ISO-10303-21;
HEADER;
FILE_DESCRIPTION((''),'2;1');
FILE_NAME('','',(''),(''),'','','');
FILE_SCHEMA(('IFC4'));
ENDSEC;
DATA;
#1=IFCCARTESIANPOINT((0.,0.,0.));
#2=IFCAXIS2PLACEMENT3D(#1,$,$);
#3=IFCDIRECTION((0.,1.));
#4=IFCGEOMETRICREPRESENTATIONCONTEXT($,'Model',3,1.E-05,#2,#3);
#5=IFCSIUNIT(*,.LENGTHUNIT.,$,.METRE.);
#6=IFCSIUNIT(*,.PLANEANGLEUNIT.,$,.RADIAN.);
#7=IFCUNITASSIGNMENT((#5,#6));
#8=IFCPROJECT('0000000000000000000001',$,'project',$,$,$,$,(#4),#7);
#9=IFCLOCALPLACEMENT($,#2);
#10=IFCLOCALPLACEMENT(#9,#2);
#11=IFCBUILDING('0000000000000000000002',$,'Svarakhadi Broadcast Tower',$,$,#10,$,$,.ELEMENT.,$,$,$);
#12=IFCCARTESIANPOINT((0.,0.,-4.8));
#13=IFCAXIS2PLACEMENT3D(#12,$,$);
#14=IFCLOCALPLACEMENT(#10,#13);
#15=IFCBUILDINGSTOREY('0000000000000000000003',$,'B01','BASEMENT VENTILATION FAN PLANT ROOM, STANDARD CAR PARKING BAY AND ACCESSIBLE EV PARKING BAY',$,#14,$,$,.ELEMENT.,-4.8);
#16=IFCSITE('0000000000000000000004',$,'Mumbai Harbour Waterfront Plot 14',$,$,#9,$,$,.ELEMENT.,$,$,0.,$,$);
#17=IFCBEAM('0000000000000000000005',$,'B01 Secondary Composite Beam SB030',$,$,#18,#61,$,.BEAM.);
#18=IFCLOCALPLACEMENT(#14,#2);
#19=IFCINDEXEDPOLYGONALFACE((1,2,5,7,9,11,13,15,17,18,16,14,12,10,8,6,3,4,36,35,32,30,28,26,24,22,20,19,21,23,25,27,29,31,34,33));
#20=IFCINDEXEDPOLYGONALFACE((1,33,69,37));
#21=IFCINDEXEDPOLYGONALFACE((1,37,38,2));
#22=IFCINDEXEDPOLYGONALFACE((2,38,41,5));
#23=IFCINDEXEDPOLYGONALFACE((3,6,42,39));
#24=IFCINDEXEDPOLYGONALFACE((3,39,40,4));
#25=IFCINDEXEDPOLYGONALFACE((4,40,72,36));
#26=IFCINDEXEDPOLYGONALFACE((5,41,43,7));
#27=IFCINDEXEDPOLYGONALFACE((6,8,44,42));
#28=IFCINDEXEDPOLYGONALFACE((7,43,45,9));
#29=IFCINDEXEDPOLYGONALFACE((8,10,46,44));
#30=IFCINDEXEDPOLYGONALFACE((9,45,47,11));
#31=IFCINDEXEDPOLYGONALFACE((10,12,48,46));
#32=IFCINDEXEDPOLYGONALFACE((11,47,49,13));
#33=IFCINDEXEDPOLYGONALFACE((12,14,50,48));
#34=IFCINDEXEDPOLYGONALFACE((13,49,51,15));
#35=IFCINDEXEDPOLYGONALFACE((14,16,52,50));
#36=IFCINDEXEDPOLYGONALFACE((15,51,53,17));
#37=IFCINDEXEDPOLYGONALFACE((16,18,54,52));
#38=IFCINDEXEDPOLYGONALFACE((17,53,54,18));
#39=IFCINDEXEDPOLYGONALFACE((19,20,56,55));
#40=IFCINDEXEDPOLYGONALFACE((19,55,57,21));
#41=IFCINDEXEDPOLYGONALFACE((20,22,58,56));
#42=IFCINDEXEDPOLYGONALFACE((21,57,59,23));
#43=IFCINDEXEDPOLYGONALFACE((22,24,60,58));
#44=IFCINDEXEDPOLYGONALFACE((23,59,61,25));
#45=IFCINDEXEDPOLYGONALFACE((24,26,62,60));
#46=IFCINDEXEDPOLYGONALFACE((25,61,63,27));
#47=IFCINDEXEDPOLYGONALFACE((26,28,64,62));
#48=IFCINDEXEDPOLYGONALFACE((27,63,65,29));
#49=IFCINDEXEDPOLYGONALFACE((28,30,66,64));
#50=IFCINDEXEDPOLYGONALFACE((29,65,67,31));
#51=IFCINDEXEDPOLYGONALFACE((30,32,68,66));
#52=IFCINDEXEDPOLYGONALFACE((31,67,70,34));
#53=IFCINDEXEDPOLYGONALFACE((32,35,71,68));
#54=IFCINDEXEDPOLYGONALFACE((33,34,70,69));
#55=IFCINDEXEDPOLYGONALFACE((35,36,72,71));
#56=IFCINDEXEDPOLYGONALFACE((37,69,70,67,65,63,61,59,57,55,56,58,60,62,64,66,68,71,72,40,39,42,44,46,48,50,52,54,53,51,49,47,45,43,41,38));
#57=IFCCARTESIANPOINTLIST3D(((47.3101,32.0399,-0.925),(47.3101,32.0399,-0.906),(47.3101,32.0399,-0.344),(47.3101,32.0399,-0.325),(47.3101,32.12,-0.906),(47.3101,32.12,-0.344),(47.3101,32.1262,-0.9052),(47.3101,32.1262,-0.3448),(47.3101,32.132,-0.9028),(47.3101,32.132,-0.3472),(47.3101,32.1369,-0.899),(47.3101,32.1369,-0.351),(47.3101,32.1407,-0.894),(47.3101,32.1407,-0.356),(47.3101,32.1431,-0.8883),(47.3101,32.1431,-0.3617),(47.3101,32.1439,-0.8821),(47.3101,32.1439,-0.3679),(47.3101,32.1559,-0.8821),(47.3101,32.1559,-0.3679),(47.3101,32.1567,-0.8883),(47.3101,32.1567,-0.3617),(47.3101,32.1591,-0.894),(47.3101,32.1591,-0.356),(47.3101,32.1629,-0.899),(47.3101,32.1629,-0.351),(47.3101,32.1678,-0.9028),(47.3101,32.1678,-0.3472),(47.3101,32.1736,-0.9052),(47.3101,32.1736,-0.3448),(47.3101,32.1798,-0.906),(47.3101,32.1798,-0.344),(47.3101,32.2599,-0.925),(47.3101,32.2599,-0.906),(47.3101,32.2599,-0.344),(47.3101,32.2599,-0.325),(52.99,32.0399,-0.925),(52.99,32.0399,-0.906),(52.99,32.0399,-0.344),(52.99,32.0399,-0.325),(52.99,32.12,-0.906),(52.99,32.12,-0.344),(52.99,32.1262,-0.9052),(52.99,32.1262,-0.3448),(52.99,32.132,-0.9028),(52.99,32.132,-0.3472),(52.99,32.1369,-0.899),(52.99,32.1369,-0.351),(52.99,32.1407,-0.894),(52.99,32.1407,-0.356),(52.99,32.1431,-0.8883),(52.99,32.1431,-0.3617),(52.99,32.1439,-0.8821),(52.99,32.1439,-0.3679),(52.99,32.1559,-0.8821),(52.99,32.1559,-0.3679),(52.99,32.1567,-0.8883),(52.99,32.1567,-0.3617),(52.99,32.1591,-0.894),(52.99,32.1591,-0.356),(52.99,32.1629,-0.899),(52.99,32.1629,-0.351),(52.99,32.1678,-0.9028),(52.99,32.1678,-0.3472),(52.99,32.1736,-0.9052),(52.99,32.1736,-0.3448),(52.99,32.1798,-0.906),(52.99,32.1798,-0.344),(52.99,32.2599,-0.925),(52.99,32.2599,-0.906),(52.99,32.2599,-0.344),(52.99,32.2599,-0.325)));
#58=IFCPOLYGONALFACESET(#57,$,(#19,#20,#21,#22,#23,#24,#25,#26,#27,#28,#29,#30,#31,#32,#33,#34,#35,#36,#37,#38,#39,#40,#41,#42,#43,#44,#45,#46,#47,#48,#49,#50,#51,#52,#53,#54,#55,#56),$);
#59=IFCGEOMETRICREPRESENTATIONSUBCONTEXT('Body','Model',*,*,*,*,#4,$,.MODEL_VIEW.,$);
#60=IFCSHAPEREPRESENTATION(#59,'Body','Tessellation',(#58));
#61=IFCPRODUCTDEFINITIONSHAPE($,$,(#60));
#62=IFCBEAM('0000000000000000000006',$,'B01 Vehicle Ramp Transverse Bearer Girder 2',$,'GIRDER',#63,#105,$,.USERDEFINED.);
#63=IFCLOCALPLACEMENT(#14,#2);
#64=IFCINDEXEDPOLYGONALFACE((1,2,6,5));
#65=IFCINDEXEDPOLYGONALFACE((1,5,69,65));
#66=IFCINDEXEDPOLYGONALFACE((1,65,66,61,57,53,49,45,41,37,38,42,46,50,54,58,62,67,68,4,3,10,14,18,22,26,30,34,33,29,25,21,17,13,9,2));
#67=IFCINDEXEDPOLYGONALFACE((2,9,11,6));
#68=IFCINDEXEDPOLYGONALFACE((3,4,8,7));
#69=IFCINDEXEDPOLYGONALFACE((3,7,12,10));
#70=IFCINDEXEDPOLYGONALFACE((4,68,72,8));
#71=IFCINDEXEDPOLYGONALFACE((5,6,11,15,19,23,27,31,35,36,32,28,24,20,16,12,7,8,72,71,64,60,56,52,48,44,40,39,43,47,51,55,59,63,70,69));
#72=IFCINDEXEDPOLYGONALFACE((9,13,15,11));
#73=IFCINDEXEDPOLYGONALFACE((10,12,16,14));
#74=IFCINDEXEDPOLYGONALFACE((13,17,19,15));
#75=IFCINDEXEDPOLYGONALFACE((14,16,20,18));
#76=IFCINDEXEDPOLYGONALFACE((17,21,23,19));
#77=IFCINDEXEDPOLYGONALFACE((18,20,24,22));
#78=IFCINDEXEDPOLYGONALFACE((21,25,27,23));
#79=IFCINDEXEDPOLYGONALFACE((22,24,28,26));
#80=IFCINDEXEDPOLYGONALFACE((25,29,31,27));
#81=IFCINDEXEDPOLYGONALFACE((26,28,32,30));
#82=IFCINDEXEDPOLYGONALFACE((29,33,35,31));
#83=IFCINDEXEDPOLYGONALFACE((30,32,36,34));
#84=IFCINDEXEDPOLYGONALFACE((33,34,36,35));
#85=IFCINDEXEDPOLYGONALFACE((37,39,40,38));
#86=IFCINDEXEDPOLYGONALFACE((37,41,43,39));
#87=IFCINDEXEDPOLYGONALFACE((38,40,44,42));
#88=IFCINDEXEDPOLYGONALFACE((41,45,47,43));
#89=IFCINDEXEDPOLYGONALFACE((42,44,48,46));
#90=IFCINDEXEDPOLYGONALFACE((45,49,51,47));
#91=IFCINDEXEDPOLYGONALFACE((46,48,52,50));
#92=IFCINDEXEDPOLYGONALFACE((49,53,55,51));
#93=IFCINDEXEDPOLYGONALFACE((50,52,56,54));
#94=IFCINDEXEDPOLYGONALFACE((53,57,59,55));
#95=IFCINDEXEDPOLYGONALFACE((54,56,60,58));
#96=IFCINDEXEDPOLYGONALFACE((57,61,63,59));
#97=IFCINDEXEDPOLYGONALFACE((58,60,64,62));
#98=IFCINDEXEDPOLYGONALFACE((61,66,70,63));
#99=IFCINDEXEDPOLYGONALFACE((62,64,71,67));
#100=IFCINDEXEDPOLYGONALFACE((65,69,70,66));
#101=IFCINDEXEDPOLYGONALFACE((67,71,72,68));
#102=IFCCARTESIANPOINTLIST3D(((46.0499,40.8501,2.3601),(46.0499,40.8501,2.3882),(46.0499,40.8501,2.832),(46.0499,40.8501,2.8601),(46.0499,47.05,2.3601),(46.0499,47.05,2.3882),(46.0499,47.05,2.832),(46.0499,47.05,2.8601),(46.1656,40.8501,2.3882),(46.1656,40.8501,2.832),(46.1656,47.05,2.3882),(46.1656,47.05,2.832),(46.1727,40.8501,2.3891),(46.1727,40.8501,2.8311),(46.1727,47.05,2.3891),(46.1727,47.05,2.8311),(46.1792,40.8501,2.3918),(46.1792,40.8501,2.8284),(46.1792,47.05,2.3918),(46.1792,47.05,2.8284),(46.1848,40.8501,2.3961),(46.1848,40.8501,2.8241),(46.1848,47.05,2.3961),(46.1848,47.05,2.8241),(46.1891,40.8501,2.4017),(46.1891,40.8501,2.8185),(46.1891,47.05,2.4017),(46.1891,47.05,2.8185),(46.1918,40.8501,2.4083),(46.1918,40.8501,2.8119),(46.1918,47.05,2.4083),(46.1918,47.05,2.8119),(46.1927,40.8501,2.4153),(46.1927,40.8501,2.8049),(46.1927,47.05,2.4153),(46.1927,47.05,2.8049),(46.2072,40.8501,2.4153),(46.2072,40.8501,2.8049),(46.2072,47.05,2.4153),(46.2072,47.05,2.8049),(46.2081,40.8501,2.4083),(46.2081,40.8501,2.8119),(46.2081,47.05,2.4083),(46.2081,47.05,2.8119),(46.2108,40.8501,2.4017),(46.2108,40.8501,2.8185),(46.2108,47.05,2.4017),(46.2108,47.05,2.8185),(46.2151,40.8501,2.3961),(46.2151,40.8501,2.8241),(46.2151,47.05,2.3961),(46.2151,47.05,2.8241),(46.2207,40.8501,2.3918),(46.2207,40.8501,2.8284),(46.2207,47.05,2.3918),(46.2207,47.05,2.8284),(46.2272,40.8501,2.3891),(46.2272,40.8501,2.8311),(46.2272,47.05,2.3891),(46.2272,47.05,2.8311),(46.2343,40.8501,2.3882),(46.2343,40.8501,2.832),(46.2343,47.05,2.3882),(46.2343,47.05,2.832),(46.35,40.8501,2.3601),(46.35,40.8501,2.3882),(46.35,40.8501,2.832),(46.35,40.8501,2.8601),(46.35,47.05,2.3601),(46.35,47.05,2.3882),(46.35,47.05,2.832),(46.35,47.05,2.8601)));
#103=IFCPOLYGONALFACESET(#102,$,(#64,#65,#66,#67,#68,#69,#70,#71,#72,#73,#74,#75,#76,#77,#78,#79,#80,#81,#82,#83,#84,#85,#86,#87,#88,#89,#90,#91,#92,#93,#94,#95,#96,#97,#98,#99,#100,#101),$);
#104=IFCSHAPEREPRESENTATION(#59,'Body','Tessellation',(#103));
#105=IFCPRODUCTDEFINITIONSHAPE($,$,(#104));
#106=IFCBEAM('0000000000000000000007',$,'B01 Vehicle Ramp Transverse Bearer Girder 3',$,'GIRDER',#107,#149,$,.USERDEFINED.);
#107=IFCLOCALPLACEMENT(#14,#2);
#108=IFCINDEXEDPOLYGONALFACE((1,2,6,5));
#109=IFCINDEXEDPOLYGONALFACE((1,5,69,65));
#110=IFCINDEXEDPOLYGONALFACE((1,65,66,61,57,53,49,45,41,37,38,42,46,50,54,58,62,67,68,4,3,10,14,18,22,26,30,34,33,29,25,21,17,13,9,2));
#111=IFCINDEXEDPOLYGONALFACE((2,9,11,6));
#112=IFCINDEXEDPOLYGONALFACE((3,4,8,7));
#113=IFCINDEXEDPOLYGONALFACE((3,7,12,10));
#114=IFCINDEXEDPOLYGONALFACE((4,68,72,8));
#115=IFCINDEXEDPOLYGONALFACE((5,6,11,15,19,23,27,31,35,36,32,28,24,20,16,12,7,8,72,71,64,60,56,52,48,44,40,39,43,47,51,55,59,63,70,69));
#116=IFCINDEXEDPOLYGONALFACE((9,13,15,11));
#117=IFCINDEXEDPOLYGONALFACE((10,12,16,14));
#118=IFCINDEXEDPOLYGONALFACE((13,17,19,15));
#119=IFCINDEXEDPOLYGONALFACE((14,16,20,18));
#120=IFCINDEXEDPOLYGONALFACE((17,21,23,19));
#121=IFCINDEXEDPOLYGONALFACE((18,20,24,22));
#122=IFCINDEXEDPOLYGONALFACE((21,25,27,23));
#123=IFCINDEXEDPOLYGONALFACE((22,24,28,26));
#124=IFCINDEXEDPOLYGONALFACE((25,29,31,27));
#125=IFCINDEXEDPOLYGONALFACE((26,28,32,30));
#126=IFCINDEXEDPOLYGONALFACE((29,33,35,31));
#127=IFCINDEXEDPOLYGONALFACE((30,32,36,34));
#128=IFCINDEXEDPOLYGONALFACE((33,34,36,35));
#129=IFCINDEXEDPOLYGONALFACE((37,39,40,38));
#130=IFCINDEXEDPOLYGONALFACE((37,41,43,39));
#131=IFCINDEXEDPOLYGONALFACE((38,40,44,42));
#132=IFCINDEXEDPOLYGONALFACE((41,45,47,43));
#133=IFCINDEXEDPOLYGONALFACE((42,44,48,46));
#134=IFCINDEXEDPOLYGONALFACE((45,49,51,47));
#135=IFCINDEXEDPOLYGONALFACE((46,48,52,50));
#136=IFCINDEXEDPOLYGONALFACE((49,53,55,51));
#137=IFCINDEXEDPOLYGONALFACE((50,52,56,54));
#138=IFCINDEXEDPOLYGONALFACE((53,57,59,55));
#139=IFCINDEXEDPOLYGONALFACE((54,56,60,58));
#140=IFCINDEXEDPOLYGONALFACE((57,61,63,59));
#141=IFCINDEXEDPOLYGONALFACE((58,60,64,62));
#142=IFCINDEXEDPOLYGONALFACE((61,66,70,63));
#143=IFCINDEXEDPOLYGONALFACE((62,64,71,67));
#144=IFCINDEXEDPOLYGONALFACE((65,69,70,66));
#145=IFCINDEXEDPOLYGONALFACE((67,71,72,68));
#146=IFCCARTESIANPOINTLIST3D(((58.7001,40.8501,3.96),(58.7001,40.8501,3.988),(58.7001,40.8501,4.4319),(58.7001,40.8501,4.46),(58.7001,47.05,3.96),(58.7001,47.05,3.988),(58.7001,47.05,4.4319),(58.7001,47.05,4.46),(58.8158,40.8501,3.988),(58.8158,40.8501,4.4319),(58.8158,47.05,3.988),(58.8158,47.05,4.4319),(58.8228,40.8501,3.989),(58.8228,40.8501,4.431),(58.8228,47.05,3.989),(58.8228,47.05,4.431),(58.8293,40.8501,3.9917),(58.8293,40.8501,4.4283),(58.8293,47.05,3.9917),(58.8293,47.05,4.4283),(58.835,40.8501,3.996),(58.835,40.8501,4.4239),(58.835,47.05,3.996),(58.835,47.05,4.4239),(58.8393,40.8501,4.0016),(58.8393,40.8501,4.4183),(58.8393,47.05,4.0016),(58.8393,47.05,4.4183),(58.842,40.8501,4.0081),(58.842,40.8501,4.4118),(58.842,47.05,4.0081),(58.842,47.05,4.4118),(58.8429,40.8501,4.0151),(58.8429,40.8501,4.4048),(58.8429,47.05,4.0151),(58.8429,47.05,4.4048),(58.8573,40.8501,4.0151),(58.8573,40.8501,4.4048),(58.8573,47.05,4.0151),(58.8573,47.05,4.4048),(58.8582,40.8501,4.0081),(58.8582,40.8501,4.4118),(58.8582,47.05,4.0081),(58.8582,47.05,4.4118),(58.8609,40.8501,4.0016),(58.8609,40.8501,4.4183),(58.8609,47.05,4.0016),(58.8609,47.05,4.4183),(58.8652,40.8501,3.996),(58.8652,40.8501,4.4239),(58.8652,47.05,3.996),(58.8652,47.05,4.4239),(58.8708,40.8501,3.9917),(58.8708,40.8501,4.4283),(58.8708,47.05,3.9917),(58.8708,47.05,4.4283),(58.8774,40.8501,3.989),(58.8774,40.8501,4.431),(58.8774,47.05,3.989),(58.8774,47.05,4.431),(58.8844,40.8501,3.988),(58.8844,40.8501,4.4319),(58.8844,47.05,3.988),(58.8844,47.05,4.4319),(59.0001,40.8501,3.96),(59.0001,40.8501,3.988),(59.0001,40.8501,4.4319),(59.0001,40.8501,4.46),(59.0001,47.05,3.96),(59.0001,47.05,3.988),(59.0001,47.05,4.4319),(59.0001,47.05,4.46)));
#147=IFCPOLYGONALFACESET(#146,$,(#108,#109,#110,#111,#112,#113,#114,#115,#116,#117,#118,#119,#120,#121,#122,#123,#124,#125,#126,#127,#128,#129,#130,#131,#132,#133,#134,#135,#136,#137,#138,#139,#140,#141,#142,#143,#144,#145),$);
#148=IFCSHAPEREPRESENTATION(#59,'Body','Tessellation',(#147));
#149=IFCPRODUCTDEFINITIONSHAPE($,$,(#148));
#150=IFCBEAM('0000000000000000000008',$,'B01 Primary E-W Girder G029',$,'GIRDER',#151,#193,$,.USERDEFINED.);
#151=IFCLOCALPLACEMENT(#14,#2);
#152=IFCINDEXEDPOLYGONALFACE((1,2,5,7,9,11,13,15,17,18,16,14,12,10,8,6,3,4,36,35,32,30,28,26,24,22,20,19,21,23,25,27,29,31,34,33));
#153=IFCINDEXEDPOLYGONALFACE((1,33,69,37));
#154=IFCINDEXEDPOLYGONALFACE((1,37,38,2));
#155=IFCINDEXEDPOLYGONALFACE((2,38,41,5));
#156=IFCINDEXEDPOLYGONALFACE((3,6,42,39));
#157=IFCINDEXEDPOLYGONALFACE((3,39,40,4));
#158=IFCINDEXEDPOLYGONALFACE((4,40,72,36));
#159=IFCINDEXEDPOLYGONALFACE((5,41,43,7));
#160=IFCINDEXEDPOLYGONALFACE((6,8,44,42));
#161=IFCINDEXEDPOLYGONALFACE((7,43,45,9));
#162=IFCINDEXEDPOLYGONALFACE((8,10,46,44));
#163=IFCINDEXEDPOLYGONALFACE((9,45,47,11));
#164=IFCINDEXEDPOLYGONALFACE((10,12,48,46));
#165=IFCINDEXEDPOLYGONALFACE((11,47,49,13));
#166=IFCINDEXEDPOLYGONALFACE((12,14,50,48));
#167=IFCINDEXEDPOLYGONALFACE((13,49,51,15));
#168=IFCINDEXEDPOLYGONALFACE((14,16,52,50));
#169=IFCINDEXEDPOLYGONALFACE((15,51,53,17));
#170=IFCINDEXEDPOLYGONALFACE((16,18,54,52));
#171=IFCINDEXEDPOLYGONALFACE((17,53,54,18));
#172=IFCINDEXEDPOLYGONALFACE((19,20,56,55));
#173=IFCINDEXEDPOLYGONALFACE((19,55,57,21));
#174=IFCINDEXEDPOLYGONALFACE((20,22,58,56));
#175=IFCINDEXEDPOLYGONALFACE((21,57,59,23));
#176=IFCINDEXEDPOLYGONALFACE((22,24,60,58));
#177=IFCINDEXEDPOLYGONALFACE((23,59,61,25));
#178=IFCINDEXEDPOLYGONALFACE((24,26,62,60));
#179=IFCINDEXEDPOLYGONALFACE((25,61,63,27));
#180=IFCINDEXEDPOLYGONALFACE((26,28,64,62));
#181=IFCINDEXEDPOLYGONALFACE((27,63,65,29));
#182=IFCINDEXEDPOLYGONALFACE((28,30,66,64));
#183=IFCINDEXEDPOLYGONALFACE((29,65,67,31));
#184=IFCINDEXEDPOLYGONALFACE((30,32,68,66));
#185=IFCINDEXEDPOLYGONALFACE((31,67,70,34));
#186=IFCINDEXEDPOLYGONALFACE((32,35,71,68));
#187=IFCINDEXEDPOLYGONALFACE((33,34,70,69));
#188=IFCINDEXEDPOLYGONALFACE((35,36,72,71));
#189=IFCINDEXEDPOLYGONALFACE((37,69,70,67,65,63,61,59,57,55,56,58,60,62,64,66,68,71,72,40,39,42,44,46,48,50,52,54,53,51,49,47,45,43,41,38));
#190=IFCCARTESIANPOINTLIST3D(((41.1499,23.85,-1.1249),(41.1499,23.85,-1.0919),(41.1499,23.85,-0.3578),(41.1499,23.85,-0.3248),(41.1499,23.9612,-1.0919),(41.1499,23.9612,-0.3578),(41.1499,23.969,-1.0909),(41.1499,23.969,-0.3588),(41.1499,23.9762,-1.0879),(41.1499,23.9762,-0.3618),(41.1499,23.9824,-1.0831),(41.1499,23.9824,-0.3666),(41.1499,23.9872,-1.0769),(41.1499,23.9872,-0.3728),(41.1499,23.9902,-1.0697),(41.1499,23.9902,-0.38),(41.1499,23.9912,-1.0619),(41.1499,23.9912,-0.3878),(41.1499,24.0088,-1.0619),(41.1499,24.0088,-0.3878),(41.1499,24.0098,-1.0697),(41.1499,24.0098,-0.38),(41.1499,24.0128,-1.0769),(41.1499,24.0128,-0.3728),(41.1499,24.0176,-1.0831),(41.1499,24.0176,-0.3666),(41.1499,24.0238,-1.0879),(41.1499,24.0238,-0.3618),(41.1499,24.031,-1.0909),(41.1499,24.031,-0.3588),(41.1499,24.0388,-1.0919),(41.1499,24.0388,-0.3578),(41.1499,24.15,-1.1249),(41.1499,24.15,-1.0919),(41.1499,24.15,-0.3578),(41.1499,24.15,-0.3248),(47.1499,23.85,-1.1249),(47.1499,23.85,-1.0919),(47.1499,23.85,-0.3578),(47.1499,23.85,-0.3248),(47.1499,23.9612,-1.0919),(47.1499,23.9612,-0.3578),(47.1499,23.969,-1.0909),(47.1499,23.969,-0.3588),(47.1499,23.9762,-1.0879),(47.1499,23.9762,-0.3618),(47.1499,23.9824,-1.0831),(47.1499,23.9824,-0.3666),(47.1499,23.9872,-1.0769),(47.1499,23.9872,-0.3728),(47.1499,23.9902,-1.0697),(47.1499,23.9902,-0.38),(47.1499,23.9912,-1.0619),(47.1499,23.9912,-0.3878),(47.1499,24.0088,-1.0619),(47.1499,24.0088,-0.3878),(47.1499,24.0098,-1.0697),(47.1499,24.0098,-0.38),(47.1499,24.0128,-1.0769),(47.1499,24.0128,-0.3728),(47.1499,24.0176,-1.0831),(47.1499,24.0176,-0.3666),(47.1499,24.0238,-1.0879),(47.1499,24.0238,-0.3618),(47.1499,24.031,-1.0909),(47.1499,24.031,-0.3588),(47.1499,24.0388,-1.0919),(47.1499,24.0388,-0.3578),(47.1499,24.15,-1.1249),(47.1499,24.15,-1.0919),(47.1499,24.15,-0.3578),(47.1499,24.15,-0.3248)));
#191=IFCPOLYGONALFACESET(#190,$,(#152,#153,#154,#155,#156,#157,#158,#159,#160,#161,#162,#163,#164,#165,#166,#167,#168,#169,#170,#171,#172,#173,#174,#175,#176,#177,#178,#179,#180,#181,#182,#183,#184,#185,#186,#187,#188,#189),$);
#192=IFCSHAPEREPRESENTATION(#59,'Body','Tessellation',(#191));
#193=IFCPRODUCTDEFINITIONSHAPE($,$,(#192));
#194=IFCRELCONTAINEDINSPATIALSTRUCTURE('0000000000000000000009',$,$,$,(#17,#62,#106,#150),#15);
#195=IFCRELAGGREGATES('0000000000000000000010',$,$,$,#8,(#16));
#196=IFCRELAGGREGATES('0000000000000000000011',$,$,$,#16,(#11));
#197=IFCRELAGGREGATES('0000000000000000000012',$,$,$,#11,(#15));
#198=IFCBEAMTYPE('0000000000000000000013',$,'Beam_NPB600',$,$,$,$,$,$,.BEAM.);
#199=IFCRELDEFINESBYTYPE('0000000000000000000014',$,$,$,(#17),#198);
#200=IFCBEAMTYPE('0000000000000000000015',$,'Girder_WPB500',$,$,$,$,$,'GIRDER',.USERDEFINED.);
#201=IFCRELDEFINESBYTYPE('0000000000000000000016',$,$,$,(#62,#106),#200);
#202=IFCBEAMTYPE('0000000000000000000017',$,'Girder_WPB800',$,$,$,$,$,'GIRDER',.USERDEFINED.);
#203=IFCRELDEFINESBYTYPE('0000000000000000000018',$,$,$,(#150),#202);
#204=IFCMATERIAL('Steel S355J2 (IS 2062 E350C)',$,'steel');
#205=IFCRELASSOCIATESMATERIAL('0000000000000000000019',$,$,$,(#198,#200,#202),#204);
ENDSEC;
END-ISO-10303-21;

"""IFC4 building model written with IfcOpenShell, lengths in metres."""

from ifc_helpers import new_model, si_unit, direction, frame, origin, origin_2d, place, context, subcontext, project, spatial, i_section, extrude, material, material_profile, profile_set, type_object, element, save


model = new_model("IFC4")

# Units and contexts
model_context = context("Model", 3, precision=1e-05, world=origin(), true_north=direction((0.0, 1.0)))
body_context = subcontext(model_context, "Body", "Model", "MODEL_VIEW")
ifc_project = project(units=[si_unit("LENGTHUNIT", "METRE"), si_unit("PLANEANGLEUNIT", "RADIAN")], contexts=[model_context])

# Site, building, storey
site_placement = place(None, origin())
site = spatial("IfcSite", under=ifc_project, at=site_placement, Name="Mumbai Harbour Waterfront Plot 14", CompositionType="ELEMENT", RefElevation=0.0)
building_placement = place(site_placement, origin())
building = spatial("IfcBuilding", under=site, at=building_placement, Name="Svarakhadi Broadcast Tower", CompositionType="ELEMENT")
storey_placement = place(building_placement, frame((0.0, 0.0, -4.8)))
storey = spatial("IfcBuildingStorey", under=building, at=storey_placement, Name="B01", Description="BASEMENT VENTILATION FAN PLANT ROOM, STANDARD CAR PARKING BAY AND ACCESSIBLE EV PARKING BAY", CompositionType="ELEMENT", Elevation=-4.8)

# Beams
ifc_material_1 = material(Name="Steel S355J2 (IS 2062 E350C)", Category="steel")
ifc_material_profile_1 = material_profile(ifc_material_1, i_section(OverallWidth=0.22, OverallDepth=0.6001, WebThickness=0.012, FlangeThickness=0.019, FilletRadius=0.0239, at=origin_2d()), Name="NPB 600x220x122")
ifc_profile_set_1 = profile_set([ifc_material_profile_1], Name="Steel S355J2 (IS 2062 E350C)")
beam_type_1 = type_object("IfcBeamType", Name="Beam_NPB600", PredefinedType="BEAM", material=ifc_profile_set_1)
for number, where, z_axis, x_axis, name in (
    (1, (47.3101, 32.1499, -0.625), (1.0, 0.0, 0.0), (0.0, 1.0, 0.0), "B01 Secondary Composite Beam SB030"),
):
    element("IfcBeam", number, at=place(storey_placement, frame(where, z_axis=z_axis, x_axis=x_axis)), inside=storey, type_object=beam_type_1, Name=name, PredefinedType="BEAM", context=body_context, shape_type="SweptSolid", body=[
        extrude(i_section(OverallWidth=0.22, OverallDepth=0.6001, WebThickness=0.012, FlangeThickness=0.019, FilletRadius=0.0239, at=origin_2d()), origin(), (0.0, 0.0, 1.0), 5.6799),
    ])
ifc_material_profile_2 = material_profile(ifc_material_1, i_section(OverallWidth=0.3, OverallDepth=0.5, WebThickness=0.0144, FlangeThickness=0.0281, FilletRadius=0.0271, at=origin_2d()), Name="WPB 500x300x187")
ifc_profile_set_2 = profile_set([ifc_material_profile_2], Name="Steel S355J2 (IS 2062 E350C)")
beam_type_2 = type_object("IfcBeamType", Name="Girder_WPB500", ElementType="GIRDER", PredefinedType="USERDEFINED", material=ifc_profile_set_2)
for number, where, z_axis, x_axis, name in (
    (2, (46.2, 40.8501, 2.6101), (0.0, 1.0, 0.0), (-1.0, 0.0, 0.0), "B01 Vehicle Ramp Transverse Bearer Girder 2"),
    (3, (58.8501, 40.8501, 4.21), (0.0, 1.0, 0.0), (-1.0, 0.0, 0.0), "B01 Vehicle Ramp Transverse Bearer Girder 3"),
):
    element("IfcBeam", number, at=place(storey_placement, frame(where, z_axis=z_axis, x_axis=x_axis)), inside=storey, type_object=beam_type_2, Name=name, ObjectType="GIRDER", PredefinedType="USERDEFINED", context=body_context, shape_type="SweptSolid", body=[
        extrude(i_section(OverallWidth=0.3, OverallDepth=0.5, WebThickness=0.0144, FlangeThickness=0.0281, FilletRadius=0.0271, at=origin_2d()), origin(), (0.0, 0.0, 1.0), 6.2),
    ])
ifc_material_profile_3 = material_profile(ifc_material_1, i_section(OverallWidth=0.3, OverallDepth=0.8, WebThickness=0.0176, FlangeThickness=0.033, FilletRadius=0.03, at=origin_2d()), Name="WPB 800x300x262")
ifc_profile_set_3 = profile_set([ifc_material_profile_3], Name="Steel S355J2 (IS 2062 E350C)")
beam_type_3 = type_object("IfcBeamType", Name="Girder_WPB800", ElementType="GIRDER", PredefinedType="USERDEFINED", material=ifc_profile_set_3)
for number, where, z_axis, x_axis, name in (
    (4, (41.1499, 24.0, -0.7249), (1.0, 0.0, 0.0), (0.0, 1.0, 0.0), "B01 Primary E-W Girder G029"),
):
    element("IfcBeam", number, at=place(storey_placement, frame(where, z_axis=z_axis, x_axis=x_axis)), inside=storey, type_object=beam_type_3, Name=name, ObjectType="GIRDER", PredefinedType="USERDEFINED", context=body_context, shape_type="SweptSolid", body=[
        extrude(i_section(OverallWidth=0.3, OverallDepth=0.8, WebThickness=0.0176, FlangeThickness=0.033, FilletRadius=0.03, at=origin_2d()), origin(), (0.0, 0.0, 1.0), 6.0),
    ])

save(model, "model.ifc")
